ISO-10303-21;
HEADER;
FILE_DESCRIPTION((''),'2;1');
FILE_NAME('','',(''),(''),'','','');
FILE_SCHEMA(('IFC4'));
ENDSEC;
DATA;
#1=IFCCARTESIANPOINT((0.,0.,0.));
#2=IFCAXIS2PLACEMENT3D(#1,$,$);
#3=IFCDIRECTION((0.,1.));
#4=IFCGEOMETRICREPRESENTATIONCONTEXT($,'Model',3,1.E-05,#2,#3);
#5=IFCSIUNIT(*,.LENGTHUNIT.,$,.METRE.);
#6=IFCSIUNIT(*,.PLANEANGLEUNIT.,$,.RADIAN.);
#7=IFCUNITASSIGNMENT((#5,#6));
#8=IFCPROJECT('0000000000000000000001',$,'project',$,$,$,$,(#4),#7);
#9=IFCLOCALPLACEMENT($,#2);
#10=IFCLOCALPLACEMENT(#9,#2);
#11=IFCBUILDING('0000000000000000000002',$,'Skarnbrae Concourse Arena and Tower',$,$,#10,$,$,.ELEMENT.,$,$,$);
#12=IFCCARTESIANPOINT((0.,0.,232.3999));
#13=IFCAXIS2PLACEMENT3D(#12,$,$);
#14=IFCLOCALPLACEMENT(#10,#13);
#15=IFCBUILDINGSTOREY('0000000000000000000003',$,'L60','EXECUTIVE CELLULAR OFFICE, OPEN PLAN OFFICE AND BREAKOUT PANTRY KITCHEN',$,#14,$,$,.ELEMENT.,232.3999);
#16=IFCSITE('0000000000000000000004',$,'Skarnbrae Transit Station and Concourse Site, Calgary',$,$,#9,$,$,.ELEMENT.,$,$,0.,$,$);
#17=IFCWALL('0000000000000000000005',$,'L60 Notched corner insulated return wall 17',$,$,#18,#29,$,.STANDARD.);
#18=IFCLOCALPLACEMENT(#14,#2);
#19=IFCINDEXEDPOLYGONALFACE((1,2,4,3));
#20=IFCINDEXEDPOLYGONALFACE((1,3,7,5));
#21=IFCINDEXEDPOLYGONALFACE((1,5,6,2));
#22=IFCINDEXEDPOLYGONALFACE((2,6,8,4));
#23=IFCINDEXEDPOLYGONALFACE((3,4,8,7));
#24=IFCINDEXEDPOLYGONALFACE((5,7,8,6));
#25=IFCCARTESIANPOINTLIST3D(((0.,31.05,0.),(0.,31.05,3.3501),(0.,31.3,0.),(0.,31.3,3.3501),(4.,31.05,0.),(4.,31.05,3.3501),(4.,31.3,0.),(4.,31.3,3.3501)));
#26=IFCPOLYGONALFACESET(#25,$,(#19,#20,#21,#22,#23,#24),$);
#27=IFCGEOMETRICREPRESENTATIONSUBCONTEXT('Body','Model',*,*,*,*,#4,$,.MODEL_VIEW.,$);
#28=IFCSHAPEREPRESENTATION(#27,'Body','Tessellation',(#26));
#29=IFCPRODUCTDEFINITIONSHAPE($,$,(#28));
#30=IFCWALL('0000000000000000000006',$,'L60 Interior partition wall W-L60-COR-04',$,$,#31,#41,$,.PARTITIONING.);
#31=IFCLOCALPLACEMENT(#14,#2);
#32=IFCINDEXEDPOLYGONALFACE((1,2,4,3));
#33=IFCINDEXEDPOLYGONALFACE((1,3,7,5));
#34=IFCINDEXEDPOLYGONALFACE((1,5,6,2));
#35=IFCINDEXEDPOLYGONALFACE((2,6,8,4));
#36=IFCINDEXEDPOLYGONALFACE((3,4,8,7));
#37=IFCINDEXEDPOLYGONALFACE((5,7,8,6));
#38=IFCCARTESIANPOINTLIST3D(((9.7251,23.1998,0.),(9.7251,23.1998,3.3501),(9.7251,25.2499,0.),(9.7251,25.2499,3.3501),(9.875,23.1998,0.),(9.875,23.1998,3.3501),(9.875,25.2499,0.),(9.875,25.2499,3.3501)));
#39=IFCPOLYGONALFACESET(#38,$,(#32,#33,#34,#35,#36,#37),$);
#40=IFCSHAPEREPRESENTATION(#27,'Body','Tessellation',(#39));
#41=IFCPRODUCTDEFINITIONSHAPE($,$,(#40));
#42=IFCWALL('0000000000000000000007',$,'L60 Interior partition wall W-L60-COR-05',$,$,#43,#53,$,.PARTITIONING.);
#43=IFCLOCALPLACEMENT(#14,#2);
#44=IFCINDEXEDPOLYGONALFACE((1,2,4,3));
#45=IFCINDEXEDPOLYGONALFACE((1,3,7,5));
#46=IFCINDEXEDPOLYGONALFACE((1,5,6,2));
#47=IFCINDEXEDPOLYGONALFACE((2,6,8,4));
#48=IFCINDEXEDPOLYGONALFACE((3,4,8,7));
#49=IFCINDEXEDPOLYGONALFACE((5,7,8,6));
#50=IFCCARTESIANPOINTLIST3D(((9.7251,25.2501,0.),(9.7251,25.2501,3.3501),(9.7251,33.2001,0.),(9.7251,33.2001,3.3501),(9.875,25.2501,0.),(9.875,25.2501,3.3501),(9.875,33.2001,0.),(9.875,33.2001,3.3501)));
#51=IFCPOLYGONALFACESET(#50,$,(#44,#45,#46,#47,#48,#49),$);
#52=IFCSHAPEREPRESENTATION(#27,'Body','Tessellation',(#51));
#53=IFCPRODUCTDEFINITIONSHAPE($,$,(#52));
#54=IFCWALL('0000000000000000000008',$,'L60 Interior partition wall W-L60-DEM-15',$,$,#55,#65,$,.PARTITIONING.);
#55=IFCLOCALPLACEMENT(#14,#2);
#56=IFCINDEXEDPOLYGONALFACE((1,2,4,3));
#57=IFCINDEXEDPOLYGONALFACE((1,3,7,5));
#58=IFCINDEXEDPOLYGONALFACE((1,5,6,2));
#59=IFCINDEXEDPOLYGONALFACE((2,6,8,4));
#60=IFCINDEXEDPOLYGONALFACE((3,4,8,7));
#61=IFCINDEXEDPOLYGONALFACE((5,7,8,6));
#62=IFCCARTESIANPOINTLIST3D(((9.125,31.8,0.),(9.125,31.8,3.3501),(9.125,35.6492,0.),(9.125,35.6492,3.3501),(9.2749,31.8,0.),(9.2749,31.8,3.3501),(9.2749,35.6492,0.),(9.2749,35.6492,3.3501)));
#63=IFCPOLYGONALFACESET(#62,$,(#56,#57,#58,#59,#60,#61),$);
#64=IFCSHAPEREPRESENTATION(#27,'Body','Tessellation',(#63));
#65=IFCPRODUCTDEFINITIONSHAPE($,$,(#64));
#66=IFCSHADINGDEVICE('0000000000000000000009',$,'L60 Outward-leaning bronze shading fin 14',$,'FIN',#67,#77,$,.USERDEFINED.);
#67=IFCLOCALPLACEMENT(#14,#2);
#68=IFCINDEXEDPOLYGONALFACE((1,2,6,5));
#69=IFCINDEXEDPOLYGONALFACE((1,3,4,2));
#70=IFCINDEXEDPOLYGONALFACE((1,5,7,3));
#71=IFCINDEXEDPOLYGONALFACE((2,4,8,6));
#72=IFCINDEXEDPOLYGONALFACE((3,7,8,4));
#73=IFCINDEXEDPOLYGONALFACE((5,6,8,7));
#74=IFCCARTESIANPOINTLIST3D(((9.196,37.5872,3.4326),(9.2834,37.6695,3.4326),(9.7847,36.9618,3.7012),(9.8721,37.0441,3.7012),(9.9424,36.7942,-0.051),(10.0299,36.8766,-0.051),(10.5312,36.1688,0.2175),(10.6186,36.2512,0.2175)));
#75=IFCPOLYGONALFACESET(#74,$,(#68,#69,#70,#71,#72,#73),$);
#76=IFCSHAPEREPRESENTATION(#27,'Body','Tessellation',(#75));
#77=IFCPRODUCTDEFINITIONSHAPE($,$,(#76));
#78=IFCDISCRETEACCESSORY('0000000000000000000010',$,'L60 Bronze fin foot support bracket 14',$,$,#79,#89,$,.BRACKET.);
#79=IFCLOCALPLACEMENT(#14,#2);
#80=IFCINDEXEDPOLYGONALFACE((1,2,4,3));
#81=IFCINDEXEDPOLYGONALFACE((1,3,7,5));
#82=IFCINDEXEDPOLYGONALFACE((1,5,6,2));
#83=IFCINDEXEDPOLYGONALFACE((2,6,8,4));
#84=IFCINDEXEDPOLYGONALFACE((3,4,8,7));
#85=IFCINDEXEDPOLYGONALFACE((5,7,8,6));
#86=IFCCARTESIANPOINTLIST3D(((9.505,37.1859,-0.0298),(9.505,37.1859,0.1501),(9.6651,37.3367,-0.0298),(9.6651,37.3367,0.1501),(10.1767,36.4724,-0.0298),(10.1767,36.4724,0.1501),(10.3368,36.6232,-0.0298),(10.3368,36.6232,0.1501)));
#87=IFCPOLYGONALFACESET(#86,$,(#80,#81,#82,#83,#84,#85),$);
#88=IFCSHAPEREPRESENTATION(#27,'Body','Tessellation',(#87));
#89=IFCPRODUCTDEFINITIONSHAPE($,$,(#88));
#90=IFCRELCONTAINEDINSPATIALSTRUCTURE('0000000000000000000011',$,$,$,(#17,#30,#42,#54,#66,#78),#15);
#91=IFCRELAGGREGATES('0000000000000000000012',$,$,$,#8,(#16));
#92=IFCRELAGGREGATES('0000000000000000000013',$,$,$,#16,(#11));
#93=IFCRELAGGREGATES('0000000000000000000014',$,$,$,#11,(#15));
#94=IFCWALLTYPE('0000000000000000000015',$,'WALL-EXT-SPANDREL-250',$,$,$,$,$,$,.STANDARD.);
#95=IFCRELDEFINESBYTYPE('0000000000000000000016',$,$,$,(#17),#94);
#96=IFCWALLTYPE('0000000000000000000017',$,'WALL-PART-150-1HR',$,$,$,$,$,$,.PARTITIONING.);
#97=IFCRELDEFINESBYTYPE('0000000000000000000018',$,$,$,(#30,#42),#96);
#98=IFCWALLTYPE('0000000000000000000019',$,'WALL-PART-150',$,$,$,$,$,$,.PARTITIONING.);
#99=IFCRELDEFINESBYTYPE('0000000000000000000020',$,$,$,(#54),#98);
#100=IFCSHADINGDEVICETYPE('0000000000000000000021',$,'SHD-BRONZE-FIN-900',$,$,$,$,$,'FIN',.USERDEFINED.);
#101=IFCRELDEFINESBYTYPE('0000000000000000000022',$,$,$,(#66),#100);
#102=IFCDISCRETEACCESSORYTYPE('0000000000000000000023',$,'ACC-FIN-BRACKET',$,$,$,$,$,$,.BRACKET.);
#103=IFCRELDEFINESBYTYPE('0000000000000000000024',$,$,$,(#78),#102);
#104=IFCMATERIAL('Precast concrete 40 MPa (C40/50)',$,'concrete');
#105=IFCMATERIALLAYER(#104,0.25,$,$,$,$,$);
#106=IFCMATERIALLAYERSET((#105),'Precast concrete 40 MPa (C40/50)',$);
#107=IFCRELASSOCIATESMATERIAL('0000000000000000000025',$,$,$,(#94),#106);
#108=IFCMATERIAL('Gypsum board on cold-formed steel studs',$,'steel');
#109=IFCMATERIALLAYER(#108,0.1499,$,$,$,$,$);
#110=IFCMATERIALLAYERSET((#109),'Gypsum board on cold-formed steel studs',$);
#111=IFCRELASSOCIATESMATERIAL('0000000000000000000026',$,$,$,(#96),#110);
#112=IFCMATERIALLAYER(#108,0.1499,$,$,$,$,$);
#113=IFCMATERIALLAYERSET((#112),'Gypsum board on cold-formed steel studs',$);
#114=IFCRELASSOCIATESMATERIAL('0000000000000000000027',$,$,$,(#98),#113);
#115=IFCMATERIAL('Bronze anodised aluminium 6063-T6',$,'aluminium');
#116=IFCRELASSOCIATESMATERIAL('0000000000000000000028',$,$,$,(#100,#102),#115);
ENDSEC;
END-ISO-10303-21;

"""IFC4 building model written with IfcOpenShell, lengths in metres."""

from ifc_helpers import new_model, si_unit, direction, frame, frame_2d, origin, origin_2d, place, context, subcontext, project, spatial, rectangle, extrude, source, transform, mapped, material, layer, layer_set, type_object, element, save


model = new_model("IFC4")

# Units and contexts
model_context = context("Model", 3, precision=1e-05, world=origin(), true_north=direction((0.0, 1.0)))
body_context = subcontext(model_context, "Body", "Model", "MODEL_VIEW")
ifc_project = project(units=[si_unit("LENGTHUNIT", "METRE"), si_unit("PLANEANGLEUNIT", "RADIAN")], contexts=[model_context])

# Site, building, storey
site_placement = place(None, origin())
site = spatial("IfcSite", under=ifc_project, at=site_placement, Name="Skarnbrae Transit Station and Concourse Site, Calgary", CompositionType="ELEMENT", RefElevation=0.0)
building_placement = place(site_placement, origin())
building = spatial("IfcBuilding", under=site, at=building_placement, Name="Skarnbrae Concourse Arena and Tower", CompositionType="ELEMENT")
storey_placement = place(building_placement, frame((0.0, 0.0, 232.3999)))
storey = spatial("IfcBuildingStorey", under=building, at=storey_placement, Name="L60", Description="EXECUTIVE CELLULAR OFFICE, OPEN PLAN OFFICE AND BREAKOUT PANTRY KITCHEN", CompositionType="ELEMENT", Elevation=232.3999)

# Shared definitions
ifc_material_1 = material(Name="Bronze anodised aluminium 6063-T6", Category="aluminium")

# Walls
ifc_material_2 = material(Name="Precast concrete 40 MPa (C40/50)", Category="concrete")
ifc_layer_1 = layer(ifc_material_2, 0.25)
ifc_layer_set_1 = layer_set([ifc_layer_1], Name="Precast concrete 40 MPa (C40/50)")
wall_type_1 = type_object("IfcWallType", Name="WALL-EXT-SPANDREL-250", PredefinedType="STANDARD", material=ifc_layer_set_1)
shared_shape_1 = source(origin(), body_context, "Body", "SweptSolid", [
    extrude(rectangle(XDim=4.0, YDim=0.25, at=frame_2d((2.0, 0.0))), origin(), (0.0, 0.0, 1.0), 3.3501),
])
for number, where, z_axis, x_axis, name in (
    (1, (4.0, 31.175, 0.0), (0.0, 0.0, 1.0), (-1.0, 0.0, 0.0), "L60 Notched corner insulated return wall 17"),
):
    element("IfcWall", number, at=place(storey_placement, frame(where, z_axis=z_axis, x_axis=x_axis)), inside=storey, type_object=wall_type_1, Name=name, PredefinedType="STANDARD", context=body_context, shape_type="MappedRepresentation", body=[
        mapped(shared_shape_1, transform((0.0, 0.0, 0.0))),
    ])
ifc_material_3 = material(Name="Gypsum board on cold-formed steel studs", Category="steel")
ifc_layer_2 = layer(ifc_material_3, 0.1499)
ifc_layer_set_2 = layer_set([ifc_layer_2], Name="Gypsum board on cold-formed steel studs")
wall_type_2 = type_object("IfcWallType", Name="WALL-PART-150-1HR", PredefinedType="PARTITIONING", material=ifc_layer_set_2)
shared_shape_2 = source(origin(), body_context, "Body", "SweptSolid", [
    extrude(rectangle(XDim=2.05, YDim=0.1499, at=frame_2d((1.0249, 0.0))), origin(), (0.0, 0.0, 1.0), 3.3501),
])
wall_1_placement = place(storey_placement, frame((9.8, 23.2, 0.0), z_axis=(0.0, 0.0, 1.0), x_axis=(0.0, 1.0, 0.0)))
element("IfcWall", 2, at=wall_1_placement, inside=storey, type_object=wall_type_2, Name="L60 Interior partition wall W-L60-COR-04", PredefinedType="PARTITIONING", context=body_context, shape_type="MappedRepresentation", body=[
    mapped(shared_shape_2, transform((0.0, 0.0, 0.0))),
])
shared_shape_3 = source(origin(), body_context, "Body", "SweptSolid", [
    extrude(rectangle(XDim=7.95, YDim=0.1499, at=frame_2d((3.9751, 0.0))), origin(), (0.0, 0.0, 1.0), 3.3501),
])
wall_2_placement = place(storey_placement, frame((9.8, 25.25, 0.0), z_axis=(0.0, 0.0, 1.0), x_axis=(0.0, 1.0, 0.0)))
element("IfcWall", 3, at=wall_2_placement, inside=storey, type_object=wall_type_2, Name="L60 Interior partition wall W-L60-COR-05", PredefinedType="PARTITIONING", context=body_context, shape_type="MappedRepresentation", body=[
    mapped(shared_shape_3, transform((0.0, 0.0, 0.0))),
])

# Wall
ifc_layer_3 = layer(ifc_material_3, 0.1499)
ifc_layer_set_3 = layer_set([ifc_layer_3], Name="Gypsum board on cold-formed steel studs")
wall_type_3 = type_object("IfcWallType", Name="WALL-PART-150", PredefinedType="PARTITIONING", material=ifc_layer_set_3)
shared_shape_4 = source(origin(), body_context, "Body", "SweptSolid", [
    extrude(rectangle(XDim=3.8491, YDim=0.1499, at=frame_2d((1.9246, 0.0))), origin(), (0.0, 0.0, 1.0), 3.3501),
])
wall_3_placement = place(storey_placement, frame((9.2, 35.6492, 0.0), z_axis=(0.0, 0.0, 1.0), x_axis=(0.0, -1.0, 0.0)))
element("IfcWall", 4, at=wall_3_placement, inside=storey, type_object=wall_type_3, Name="L60 Interior partition wall W-L60-DEM-15", PredefinedType="PARTITIONING", context=body_context, shape_type="MappedRepresentation", body=[
    mapped(shared_shape_4, transform((0.0, 0.0, 0.0))),
])

# Shading device
shading_device_type = type_object("IfcShadingDeviceType", Name="SHD-BRONZE-FIN-900", ElementType="FIN", PredefinedType="USERDEFINED", material=ifc_material_1)
shared_shape_5 = source(origin(), body_context, "Body", "SweptSolid", [
    extrude(rectangle(XDim=0.1201, YDim=0.8999, at=origin_2d()), origin(), (0.0, 0.0, 1.0), 3.6499),
])
shading_device_placement = place(storey_placement, frame((10.2805, 36.5227, 0.0833), z_axis=(-0.204517, 0.217256, 0.954449), x_axis=(0.728132, 0.685437, 0.0)))
element("IfcShadingDevice", 5, at=shading_device_placement, inside=storey, type_object=shading_device_type, Name="L60 Outward-leaning bronze shading fin 14", ObjectType="FIN", PredefinedType="USERDEFINED", context=body_context, shape_type="MappedRepresentation", body=[
    mapped(shared_shape_5, transform((0.0, 0.0, 0.0))),
])

# Discrete accessory
discrete_accessory_type = type_object("IfcDiscreteAccessoryType", Name="ACC-FIN-BRACKET", PredefinedType="BRACKET", material=ifc_material_1)
shared_shape_6 = source(origin(), body_context, "Body", "SweptSolid", [
    extrude(rectangle(XDim=0.22, YDim=0.98, at=origin_2d()), origin(), (0.0, 0.0, 1.0), 0.1799),
])
discrete_accessory_placement = place(storey_placement, frame((9.9209, 36.9045, -0.0298), z_axis=(0.0, 0.0, 1.0), x_axis=(0.728132, 0.685437, 0.0)))
element("IfcDiscreteAccessory", 6, at=discrete_accessory_placement, inside=storey, type_object=discrete_accessory_type, Name="L60 Bronze fin foot support bracket 14", PredefinedType="BRACKET", context=body_context, shape_type="MappedRepresentation", body=[
    mapped(shared_shape_6, transform((0.0, 0.0, 0.0))),
])

save(model, "model.ifc")
